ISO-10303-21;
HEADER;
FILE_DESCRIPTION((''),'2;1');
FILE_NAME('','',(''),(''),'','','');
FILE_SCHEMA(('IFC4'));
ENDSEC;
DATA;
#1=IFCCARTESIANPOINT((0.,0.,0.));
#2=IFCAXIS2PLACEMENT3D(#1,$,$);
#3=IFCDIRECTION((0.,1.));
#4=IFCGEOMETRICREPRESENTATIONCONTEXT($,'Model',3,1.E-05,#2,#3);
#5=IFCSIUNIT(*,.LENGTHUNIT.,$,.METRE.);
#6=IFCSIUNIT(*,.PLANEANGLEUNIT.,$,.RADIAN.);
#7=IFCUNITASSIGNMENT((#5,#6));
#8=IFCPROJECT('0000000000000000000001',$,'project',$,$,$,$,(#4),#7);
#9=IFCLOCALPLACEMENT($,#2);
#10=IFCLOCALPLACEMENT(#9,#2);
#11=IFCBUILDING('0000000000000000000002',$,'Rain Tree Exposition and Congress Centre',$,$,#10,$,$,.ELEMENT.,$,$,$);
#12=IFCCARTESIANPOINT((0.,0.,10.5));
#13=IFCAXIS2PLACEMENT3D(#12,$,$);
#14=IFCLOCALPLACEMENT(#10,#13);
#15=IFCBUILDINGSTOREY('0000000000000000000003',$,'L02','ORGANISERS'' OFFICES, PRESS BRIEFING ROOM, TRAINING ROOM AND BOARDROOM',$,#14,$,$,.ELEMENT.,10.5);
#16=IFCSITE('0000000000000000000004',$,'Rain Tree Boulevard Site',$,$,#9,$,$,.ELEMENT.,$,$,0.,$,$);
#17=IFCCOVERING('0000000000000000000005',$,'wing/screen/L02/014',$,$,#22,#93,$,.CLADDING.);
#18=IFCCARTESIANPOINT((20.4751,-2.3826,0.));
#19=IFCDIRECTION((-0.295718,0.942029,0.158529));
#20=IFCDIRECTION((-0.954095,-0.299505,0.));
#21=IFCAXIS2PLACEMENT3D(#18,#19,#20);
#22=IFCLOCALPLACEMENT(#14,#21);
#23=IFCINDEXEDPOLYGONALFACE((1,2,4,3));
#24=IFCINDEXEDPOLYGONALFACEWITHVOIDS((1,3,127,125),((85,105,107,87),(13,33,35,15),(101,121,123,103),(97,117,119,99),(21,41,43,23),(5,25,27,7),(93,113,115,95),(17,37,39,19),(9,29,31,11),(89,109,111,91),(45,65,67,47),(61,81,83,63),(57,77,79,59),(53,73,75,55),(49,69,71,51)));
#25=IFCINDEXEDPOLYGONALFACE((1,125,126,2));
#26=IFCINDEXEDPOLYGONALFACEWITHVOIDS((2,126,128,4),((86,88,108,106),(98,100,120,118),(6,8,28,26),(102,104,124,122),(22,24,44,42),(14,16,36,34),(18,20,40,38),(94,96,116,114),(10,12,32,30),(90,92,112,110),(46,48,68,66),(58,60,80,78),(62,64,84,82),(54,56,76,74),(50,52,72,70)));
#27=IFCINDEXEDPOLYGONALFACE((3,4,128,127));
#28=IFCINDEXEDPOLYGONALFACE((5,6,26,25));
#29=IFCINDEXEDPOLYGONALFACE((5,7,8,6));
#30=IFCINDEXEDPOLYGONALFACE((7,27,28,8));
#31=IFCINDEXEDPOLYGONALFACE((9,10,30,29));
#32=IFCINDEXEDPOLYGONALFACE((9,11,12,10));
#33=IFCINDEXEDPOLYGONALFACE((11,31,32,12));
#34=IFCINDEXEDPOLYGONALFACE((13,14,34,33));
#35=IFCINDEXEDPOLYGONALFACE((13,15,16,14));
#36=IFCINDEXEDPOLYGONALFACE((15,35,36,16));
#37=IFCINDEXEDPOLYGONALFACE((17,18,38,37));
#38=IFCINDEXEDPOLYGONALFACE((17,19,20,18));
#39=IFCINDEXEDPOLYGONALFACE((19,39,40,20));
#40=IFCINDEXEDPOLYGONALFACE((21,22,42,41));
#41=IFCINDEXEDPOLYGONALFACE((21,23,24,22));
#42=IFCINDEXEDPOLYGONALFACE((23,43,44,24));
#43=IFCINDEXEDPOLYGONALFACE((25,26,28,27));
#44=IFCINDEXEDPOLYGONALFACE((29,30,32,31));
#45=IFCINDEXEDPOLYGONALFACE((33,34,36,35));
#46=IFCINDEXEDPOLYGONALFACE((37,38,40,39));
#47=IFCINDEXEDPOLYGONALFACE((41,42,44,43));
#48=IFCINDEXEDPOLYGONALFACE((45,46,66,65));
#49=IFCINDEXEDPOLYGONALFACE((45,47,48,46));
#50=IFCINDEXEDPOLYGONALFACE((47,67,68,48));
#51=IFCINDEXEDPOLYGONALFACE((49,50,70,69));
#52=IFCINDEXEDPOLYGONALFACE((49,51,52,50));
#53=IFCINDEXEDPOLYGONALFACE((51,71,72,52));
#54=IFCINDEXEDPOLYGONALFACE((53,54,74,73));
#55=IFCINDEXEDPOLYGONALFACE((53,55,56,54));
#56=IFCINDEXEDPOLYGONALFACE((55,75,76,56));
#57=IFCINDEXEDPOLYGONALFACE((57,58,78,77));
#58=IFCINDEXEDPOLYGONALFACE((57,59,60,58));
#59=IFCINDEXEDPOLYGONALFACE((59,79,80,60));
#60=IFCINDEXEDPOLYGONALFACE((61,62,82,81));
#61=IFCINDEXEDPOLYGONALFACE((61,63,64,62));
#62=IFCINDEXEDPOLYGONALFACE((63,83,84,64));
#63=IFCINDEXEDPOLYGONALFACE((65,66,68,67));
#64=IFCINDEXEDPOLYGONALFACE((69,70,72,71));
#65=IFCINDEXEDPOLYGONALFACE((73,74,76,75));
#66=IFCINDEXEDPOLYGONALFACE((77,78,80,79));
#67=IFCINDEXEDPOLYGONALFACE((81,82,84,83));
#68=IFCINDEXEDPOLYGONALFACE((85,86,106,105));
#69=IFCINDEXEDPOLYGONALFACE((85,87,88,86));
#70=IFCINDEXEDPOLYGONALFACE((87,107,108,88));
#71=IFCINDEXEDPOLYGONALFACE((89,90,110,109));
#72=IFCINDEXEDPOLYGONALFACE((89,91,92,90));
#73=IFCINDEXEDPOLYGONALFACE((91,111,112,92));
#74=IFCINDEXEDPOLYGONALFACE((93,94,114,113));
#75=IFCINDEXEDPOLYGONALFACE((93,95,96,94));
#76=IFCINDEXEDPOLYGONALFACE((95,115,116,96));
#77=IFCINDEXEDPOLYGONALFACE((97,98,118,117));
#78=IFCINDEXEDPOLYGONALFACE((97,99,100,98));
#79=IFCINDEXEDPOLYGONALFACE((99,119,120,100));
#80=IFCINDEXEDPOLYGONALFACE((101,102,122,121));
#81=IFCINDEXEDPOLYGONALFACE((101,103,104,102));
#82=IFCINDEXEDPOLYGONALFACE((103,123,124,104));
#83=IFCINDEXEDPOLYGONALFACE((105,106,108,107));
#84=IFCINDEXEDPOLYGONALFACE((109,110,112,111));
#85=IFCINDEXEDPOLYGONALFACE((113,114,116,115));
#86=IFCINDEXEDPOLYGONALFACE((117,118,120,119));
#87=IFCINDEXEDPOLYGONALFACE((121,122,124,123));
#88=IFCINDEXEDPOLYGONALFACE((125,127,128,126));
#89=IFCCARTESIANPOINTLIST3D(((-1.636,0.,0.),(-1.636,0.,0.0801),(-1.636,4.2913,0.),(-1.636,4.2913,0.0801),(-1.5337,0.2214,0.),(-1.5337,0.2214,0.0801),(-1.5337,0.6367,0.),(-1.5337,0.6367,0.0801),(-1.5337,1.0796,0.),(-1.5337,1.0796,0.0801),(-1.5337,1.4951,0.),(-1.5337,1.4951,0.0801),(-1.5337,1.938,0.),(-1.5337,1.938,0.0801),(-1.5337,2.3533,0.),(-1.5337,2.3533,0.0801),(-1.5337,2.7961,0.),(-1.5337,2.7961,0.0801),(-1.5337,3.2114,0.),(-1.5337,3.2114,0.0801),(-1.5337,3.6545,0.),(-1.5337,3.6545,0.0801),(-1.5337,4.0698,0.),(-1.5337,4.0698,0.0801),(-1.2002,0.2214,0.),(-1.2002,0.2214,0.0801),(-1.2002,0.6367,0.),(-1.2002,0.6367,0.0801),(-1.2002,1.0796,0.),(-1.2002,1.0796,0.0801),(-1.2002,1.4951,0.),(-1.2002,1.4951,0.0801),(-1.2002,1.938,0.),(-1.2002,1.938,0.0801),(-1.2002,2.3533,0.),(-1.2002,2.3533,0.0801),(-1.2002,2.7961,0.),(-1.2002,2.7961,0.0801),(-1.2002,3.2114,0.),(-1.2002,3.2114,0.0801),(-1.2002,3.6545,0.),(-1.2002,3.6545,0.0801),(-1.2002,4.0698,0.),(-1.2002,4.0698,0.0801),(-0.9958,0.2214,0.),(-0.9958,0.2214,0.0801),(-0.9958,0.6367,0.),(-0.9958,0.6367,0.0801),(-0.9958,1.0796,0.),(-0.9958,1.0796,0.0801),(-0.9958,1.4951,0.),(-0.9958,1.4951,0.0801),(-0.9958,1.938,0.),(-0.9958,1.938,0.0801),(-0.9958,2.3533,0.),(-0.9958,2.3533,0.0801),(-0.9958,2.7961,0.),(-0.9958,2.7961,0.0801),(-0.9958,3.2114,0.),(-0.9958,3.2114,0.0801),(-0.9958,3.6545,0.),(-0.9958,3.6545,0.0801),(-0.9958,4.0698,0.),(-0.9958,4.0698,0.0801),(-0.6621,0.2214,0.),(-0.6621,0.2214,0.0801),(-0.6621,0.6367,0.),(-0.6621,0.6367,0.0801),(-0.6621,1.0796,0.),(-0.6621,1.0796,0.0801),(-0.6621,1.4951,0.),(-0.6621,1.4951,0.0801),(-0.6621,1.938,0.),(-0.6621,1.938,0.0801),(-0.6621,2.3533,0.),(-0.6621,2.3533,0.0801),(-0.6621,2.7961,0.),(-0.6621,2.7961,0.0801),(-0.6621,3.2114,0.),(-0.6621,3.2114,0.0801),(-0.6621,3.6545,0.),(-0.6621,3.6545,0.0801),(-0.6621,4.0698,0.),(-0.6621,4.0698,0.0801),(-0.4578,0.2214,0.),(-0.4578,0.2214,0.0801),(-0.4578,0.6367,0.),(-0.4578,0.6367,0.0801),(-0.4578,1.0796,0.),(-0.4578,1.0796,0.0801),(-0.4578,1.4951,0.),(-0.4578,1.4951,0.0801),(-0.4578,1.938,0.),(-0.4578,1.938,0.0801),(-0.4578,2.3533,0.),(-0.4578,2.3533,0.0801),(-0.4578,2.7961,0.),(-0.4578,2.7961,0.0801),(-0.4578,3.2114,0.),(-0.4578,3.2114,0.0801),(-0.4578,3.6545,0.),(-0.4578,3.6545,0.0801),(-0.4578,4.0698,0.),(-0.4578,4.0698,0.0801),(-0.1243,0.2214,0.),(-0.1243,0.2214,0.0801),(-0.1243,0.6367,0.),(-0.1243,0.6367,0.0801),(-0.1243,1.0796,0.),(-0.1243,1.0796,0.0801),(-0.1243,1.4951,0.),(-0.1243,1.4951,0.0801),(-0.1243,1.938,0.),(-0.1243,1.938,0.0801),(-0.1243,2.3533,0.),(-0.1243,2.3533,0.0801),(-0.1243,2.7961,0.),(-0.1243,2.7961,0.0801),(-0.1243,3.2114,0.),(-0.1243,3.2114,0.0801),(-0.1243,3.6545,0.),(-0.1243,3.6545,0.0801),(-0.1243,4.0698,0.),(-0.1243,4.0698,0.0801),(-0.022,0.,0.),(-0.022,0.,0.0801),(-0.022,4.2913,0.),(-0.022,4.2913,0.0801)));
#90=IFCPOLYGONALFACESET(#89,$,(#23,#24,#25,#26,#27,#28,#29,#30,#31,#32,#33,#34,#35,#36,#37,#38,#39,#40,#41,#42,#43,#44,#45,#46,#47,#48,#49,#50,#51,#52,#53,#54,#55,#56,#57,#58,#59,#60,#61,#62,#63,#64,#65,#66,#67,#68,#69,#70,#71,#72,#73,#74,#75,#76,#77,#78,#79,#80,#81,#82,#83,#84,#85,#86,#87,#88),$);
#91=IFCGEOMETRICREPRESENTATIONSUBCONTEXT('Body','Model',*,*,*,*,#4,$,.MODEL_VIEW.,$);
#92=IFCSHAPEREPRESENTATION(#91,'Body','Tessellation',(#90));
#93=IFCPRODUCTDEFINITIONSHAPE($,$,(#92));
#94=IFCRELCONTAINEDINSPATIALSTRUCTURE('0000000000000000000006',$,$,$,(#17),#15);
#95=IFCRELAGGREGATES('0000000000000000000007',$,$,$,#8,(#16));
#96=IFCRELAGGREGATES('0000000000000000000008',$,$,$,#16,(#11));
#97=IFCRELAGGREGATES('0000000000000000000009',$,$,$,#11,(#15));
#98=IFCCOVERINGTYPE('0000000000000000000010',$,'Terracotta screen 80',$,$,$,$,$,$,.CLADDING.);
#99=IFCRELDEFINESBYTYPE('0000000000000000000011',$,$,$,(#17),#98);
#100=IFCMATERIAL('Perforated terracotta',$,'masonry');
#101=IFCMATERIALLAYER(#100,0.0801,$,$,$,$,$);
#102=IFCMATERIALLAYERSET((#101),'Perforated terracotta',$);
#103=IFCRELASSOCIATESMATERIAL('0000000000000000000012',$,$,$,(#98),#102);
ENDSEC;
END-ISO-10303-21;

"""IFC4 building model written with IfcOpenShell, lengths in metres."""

from ifc_helpers import new_model, si_unit, direction, frame, origin, place, context, subcontext, project, spatial, polyline, outline, extrude, material, layer, layer_set, type_object, element, save


model = new_model("IFC4")

# Units and contexts
model_context = context("Model", 3, precision=1e-05, world=origin(), true_north=direction((0.0, 1.0)))
body_context = subcontext(model_context, "Body", "Model", "MODEL_VIEW")
ifc_project = project(units=[si_unit("LENGTHUNIT", "METRE"), si_unit("PLANEANGLEUNIT", "RADIAN")], contexts=[model_context])

# Site, building, storey
site_placement = place(None, origin())
site = spatial("IfcSite", under=ifc_project, at=site_placement, Name="Rain Tree Boulevard Site", CompositionType="ELEMENT", RefElevation=0.0)
building_placement = place(site_placement, origin())
building = spatial("IfcBuilding", under=site, at=building_placement, Name="Rain Tree Exposition and Congress Centre", CompositionType="ELEMENT")
storey_placement = place(building_placement, frame((0.0, 0.0, 10.5)))
storey = spatial("IfcBuildingStorey", under=building, at=storey_placement, Name="L02", Description="ORGANISERS' OFFICES, PRESS BRIEFING ROOM, TRAINING ROOM AND BOARDROOM", CompositionType="ELEMENT", Elevation=10.5)

# Covering
ifc_material_1 = material(Name="Perforated terracotta", Category="masonry")
ifc_layer_1 = layer(ifc_material_1, 0.0801)
ifc_layer_set_1 = layer_set([ifc_layer_1], Name="Perforated terracotta")
covering_type = type_object("IfcCoveringType", Name="Terracotta screen 80", PredefinedType="CLADDING", material=ifc_layer_set_1)
covering_1_placement = place(storey_placement, frame((20.4751, -2.3826, 0.0), z_axis=(-0.295718, 0.942029, 0.158529), x_axis=(-0.954095, -0.299505, 0.0)))
element("IfcCovering", 1, at=covering_1_placement, inside=storey, type_object=covering_type, Name="wing/screen/L02/014", PredefinedType="CLADDING", context=body_context, shape_type="SweptSolid", body=[
    extrude(outline(polyline([(-1.636, 0.0), (-1.636, 4.2913), (-0.022, 4.2913), (-0.022, 0.0), (-1.636, 0.0)]), holes=[polyline([(-0.1243, 0.2214), (-0.1243, 0.6367), (-0.4578, 0.6367), (-0.4578, 0.2214), (-0.1243, 0.2214)]), polyline([(-0.1243, 1.0796), (-0.1243, 1.4951), (-0.4578, 1.4951), (-0.4578, 1.0796), (-0.1243, 1.0796)]), polyline([(-0.1243, 1.938), (-0.1243, 2.3533), (-0.4578, 2.3533), (-0.4578, 1.938), (-0.1243, 1.938)]), polyline([(-0.1243, 2.7961), (-0.1243, 3.2114), (-0.4578, 3.2114), (-0.4578, 2.7961), (-0.1243, 2.7961)]), polyline([(-0.1243, 3.6545), (-0.1243, 4.0698), (-0.4578, 4.0698), (-0.4578, 3.6545), (-0.1243, 3.6545)]), polyline([(-0.6621, 0.2214), (-0.6621, 0.6367), (-0.9958, 0.6367), (-0.9958, 0.2214), (-0.6621, 0.2214)]), polyline([(-0.6621, 1.0796), (-0.6621, 1.4951), (-0.9958, 1.4951), (-0.9958, 1.0796), (-0.6621, 1.0796)]), polyline([(-0.6621, 1.938), (-0.6621, 2.3533), (-0.9958, 2.3533), (-0.9958, 1.938), (-0.6621, 1.938)]), polyline([(-0.6621, 2.7961), (-0.6621, 3.2114), (-0.9958, 3.2114), (-0.9958, 2.7961), (-0.6621, 2.7961)]), polyline([(-0.6621, 3.6545), (-0.6621, 4.0698), (-0.9958, 4.0698), (-0.9958, 3.6545), (-0.6621, 3.6545)]), polyline([(-1.2002, 0.2214), (-1.2002, 0.6367), (-1.5337, 0.6367), (-1.5337, 0.2214), (-1.2002, 0.2214)]), polyline([(-1.2002, 1.0796), (-1.2002, 1.4951), (-1.5337, 1.4951), (-1.5337, 1.0796), (-1.2002, 1.0796)]), polyline([(-1.2002, 1.938), (-1.2002, 2.3533), (-1.5337, 2.3533), (-1.5337, 1.938), (-1.2002, 1.938)]), polyline([(-1.2002, 2.7961), (-1.2002, 3.2114), (-1.5337, 3.2114), (-1.5337, 2.7961), (-1.2002, 2.7961)]), polyline([(-1.2002, 3.6545), (-1.2002, 4.0698), (-1.5337, 4.0698), (-1.5337, 3.6545), (-1.2002, 3.6545)])]), origin(), (0.0, 0.0, 1.0), 0.0801),
])

save(model, "model.ifc")
